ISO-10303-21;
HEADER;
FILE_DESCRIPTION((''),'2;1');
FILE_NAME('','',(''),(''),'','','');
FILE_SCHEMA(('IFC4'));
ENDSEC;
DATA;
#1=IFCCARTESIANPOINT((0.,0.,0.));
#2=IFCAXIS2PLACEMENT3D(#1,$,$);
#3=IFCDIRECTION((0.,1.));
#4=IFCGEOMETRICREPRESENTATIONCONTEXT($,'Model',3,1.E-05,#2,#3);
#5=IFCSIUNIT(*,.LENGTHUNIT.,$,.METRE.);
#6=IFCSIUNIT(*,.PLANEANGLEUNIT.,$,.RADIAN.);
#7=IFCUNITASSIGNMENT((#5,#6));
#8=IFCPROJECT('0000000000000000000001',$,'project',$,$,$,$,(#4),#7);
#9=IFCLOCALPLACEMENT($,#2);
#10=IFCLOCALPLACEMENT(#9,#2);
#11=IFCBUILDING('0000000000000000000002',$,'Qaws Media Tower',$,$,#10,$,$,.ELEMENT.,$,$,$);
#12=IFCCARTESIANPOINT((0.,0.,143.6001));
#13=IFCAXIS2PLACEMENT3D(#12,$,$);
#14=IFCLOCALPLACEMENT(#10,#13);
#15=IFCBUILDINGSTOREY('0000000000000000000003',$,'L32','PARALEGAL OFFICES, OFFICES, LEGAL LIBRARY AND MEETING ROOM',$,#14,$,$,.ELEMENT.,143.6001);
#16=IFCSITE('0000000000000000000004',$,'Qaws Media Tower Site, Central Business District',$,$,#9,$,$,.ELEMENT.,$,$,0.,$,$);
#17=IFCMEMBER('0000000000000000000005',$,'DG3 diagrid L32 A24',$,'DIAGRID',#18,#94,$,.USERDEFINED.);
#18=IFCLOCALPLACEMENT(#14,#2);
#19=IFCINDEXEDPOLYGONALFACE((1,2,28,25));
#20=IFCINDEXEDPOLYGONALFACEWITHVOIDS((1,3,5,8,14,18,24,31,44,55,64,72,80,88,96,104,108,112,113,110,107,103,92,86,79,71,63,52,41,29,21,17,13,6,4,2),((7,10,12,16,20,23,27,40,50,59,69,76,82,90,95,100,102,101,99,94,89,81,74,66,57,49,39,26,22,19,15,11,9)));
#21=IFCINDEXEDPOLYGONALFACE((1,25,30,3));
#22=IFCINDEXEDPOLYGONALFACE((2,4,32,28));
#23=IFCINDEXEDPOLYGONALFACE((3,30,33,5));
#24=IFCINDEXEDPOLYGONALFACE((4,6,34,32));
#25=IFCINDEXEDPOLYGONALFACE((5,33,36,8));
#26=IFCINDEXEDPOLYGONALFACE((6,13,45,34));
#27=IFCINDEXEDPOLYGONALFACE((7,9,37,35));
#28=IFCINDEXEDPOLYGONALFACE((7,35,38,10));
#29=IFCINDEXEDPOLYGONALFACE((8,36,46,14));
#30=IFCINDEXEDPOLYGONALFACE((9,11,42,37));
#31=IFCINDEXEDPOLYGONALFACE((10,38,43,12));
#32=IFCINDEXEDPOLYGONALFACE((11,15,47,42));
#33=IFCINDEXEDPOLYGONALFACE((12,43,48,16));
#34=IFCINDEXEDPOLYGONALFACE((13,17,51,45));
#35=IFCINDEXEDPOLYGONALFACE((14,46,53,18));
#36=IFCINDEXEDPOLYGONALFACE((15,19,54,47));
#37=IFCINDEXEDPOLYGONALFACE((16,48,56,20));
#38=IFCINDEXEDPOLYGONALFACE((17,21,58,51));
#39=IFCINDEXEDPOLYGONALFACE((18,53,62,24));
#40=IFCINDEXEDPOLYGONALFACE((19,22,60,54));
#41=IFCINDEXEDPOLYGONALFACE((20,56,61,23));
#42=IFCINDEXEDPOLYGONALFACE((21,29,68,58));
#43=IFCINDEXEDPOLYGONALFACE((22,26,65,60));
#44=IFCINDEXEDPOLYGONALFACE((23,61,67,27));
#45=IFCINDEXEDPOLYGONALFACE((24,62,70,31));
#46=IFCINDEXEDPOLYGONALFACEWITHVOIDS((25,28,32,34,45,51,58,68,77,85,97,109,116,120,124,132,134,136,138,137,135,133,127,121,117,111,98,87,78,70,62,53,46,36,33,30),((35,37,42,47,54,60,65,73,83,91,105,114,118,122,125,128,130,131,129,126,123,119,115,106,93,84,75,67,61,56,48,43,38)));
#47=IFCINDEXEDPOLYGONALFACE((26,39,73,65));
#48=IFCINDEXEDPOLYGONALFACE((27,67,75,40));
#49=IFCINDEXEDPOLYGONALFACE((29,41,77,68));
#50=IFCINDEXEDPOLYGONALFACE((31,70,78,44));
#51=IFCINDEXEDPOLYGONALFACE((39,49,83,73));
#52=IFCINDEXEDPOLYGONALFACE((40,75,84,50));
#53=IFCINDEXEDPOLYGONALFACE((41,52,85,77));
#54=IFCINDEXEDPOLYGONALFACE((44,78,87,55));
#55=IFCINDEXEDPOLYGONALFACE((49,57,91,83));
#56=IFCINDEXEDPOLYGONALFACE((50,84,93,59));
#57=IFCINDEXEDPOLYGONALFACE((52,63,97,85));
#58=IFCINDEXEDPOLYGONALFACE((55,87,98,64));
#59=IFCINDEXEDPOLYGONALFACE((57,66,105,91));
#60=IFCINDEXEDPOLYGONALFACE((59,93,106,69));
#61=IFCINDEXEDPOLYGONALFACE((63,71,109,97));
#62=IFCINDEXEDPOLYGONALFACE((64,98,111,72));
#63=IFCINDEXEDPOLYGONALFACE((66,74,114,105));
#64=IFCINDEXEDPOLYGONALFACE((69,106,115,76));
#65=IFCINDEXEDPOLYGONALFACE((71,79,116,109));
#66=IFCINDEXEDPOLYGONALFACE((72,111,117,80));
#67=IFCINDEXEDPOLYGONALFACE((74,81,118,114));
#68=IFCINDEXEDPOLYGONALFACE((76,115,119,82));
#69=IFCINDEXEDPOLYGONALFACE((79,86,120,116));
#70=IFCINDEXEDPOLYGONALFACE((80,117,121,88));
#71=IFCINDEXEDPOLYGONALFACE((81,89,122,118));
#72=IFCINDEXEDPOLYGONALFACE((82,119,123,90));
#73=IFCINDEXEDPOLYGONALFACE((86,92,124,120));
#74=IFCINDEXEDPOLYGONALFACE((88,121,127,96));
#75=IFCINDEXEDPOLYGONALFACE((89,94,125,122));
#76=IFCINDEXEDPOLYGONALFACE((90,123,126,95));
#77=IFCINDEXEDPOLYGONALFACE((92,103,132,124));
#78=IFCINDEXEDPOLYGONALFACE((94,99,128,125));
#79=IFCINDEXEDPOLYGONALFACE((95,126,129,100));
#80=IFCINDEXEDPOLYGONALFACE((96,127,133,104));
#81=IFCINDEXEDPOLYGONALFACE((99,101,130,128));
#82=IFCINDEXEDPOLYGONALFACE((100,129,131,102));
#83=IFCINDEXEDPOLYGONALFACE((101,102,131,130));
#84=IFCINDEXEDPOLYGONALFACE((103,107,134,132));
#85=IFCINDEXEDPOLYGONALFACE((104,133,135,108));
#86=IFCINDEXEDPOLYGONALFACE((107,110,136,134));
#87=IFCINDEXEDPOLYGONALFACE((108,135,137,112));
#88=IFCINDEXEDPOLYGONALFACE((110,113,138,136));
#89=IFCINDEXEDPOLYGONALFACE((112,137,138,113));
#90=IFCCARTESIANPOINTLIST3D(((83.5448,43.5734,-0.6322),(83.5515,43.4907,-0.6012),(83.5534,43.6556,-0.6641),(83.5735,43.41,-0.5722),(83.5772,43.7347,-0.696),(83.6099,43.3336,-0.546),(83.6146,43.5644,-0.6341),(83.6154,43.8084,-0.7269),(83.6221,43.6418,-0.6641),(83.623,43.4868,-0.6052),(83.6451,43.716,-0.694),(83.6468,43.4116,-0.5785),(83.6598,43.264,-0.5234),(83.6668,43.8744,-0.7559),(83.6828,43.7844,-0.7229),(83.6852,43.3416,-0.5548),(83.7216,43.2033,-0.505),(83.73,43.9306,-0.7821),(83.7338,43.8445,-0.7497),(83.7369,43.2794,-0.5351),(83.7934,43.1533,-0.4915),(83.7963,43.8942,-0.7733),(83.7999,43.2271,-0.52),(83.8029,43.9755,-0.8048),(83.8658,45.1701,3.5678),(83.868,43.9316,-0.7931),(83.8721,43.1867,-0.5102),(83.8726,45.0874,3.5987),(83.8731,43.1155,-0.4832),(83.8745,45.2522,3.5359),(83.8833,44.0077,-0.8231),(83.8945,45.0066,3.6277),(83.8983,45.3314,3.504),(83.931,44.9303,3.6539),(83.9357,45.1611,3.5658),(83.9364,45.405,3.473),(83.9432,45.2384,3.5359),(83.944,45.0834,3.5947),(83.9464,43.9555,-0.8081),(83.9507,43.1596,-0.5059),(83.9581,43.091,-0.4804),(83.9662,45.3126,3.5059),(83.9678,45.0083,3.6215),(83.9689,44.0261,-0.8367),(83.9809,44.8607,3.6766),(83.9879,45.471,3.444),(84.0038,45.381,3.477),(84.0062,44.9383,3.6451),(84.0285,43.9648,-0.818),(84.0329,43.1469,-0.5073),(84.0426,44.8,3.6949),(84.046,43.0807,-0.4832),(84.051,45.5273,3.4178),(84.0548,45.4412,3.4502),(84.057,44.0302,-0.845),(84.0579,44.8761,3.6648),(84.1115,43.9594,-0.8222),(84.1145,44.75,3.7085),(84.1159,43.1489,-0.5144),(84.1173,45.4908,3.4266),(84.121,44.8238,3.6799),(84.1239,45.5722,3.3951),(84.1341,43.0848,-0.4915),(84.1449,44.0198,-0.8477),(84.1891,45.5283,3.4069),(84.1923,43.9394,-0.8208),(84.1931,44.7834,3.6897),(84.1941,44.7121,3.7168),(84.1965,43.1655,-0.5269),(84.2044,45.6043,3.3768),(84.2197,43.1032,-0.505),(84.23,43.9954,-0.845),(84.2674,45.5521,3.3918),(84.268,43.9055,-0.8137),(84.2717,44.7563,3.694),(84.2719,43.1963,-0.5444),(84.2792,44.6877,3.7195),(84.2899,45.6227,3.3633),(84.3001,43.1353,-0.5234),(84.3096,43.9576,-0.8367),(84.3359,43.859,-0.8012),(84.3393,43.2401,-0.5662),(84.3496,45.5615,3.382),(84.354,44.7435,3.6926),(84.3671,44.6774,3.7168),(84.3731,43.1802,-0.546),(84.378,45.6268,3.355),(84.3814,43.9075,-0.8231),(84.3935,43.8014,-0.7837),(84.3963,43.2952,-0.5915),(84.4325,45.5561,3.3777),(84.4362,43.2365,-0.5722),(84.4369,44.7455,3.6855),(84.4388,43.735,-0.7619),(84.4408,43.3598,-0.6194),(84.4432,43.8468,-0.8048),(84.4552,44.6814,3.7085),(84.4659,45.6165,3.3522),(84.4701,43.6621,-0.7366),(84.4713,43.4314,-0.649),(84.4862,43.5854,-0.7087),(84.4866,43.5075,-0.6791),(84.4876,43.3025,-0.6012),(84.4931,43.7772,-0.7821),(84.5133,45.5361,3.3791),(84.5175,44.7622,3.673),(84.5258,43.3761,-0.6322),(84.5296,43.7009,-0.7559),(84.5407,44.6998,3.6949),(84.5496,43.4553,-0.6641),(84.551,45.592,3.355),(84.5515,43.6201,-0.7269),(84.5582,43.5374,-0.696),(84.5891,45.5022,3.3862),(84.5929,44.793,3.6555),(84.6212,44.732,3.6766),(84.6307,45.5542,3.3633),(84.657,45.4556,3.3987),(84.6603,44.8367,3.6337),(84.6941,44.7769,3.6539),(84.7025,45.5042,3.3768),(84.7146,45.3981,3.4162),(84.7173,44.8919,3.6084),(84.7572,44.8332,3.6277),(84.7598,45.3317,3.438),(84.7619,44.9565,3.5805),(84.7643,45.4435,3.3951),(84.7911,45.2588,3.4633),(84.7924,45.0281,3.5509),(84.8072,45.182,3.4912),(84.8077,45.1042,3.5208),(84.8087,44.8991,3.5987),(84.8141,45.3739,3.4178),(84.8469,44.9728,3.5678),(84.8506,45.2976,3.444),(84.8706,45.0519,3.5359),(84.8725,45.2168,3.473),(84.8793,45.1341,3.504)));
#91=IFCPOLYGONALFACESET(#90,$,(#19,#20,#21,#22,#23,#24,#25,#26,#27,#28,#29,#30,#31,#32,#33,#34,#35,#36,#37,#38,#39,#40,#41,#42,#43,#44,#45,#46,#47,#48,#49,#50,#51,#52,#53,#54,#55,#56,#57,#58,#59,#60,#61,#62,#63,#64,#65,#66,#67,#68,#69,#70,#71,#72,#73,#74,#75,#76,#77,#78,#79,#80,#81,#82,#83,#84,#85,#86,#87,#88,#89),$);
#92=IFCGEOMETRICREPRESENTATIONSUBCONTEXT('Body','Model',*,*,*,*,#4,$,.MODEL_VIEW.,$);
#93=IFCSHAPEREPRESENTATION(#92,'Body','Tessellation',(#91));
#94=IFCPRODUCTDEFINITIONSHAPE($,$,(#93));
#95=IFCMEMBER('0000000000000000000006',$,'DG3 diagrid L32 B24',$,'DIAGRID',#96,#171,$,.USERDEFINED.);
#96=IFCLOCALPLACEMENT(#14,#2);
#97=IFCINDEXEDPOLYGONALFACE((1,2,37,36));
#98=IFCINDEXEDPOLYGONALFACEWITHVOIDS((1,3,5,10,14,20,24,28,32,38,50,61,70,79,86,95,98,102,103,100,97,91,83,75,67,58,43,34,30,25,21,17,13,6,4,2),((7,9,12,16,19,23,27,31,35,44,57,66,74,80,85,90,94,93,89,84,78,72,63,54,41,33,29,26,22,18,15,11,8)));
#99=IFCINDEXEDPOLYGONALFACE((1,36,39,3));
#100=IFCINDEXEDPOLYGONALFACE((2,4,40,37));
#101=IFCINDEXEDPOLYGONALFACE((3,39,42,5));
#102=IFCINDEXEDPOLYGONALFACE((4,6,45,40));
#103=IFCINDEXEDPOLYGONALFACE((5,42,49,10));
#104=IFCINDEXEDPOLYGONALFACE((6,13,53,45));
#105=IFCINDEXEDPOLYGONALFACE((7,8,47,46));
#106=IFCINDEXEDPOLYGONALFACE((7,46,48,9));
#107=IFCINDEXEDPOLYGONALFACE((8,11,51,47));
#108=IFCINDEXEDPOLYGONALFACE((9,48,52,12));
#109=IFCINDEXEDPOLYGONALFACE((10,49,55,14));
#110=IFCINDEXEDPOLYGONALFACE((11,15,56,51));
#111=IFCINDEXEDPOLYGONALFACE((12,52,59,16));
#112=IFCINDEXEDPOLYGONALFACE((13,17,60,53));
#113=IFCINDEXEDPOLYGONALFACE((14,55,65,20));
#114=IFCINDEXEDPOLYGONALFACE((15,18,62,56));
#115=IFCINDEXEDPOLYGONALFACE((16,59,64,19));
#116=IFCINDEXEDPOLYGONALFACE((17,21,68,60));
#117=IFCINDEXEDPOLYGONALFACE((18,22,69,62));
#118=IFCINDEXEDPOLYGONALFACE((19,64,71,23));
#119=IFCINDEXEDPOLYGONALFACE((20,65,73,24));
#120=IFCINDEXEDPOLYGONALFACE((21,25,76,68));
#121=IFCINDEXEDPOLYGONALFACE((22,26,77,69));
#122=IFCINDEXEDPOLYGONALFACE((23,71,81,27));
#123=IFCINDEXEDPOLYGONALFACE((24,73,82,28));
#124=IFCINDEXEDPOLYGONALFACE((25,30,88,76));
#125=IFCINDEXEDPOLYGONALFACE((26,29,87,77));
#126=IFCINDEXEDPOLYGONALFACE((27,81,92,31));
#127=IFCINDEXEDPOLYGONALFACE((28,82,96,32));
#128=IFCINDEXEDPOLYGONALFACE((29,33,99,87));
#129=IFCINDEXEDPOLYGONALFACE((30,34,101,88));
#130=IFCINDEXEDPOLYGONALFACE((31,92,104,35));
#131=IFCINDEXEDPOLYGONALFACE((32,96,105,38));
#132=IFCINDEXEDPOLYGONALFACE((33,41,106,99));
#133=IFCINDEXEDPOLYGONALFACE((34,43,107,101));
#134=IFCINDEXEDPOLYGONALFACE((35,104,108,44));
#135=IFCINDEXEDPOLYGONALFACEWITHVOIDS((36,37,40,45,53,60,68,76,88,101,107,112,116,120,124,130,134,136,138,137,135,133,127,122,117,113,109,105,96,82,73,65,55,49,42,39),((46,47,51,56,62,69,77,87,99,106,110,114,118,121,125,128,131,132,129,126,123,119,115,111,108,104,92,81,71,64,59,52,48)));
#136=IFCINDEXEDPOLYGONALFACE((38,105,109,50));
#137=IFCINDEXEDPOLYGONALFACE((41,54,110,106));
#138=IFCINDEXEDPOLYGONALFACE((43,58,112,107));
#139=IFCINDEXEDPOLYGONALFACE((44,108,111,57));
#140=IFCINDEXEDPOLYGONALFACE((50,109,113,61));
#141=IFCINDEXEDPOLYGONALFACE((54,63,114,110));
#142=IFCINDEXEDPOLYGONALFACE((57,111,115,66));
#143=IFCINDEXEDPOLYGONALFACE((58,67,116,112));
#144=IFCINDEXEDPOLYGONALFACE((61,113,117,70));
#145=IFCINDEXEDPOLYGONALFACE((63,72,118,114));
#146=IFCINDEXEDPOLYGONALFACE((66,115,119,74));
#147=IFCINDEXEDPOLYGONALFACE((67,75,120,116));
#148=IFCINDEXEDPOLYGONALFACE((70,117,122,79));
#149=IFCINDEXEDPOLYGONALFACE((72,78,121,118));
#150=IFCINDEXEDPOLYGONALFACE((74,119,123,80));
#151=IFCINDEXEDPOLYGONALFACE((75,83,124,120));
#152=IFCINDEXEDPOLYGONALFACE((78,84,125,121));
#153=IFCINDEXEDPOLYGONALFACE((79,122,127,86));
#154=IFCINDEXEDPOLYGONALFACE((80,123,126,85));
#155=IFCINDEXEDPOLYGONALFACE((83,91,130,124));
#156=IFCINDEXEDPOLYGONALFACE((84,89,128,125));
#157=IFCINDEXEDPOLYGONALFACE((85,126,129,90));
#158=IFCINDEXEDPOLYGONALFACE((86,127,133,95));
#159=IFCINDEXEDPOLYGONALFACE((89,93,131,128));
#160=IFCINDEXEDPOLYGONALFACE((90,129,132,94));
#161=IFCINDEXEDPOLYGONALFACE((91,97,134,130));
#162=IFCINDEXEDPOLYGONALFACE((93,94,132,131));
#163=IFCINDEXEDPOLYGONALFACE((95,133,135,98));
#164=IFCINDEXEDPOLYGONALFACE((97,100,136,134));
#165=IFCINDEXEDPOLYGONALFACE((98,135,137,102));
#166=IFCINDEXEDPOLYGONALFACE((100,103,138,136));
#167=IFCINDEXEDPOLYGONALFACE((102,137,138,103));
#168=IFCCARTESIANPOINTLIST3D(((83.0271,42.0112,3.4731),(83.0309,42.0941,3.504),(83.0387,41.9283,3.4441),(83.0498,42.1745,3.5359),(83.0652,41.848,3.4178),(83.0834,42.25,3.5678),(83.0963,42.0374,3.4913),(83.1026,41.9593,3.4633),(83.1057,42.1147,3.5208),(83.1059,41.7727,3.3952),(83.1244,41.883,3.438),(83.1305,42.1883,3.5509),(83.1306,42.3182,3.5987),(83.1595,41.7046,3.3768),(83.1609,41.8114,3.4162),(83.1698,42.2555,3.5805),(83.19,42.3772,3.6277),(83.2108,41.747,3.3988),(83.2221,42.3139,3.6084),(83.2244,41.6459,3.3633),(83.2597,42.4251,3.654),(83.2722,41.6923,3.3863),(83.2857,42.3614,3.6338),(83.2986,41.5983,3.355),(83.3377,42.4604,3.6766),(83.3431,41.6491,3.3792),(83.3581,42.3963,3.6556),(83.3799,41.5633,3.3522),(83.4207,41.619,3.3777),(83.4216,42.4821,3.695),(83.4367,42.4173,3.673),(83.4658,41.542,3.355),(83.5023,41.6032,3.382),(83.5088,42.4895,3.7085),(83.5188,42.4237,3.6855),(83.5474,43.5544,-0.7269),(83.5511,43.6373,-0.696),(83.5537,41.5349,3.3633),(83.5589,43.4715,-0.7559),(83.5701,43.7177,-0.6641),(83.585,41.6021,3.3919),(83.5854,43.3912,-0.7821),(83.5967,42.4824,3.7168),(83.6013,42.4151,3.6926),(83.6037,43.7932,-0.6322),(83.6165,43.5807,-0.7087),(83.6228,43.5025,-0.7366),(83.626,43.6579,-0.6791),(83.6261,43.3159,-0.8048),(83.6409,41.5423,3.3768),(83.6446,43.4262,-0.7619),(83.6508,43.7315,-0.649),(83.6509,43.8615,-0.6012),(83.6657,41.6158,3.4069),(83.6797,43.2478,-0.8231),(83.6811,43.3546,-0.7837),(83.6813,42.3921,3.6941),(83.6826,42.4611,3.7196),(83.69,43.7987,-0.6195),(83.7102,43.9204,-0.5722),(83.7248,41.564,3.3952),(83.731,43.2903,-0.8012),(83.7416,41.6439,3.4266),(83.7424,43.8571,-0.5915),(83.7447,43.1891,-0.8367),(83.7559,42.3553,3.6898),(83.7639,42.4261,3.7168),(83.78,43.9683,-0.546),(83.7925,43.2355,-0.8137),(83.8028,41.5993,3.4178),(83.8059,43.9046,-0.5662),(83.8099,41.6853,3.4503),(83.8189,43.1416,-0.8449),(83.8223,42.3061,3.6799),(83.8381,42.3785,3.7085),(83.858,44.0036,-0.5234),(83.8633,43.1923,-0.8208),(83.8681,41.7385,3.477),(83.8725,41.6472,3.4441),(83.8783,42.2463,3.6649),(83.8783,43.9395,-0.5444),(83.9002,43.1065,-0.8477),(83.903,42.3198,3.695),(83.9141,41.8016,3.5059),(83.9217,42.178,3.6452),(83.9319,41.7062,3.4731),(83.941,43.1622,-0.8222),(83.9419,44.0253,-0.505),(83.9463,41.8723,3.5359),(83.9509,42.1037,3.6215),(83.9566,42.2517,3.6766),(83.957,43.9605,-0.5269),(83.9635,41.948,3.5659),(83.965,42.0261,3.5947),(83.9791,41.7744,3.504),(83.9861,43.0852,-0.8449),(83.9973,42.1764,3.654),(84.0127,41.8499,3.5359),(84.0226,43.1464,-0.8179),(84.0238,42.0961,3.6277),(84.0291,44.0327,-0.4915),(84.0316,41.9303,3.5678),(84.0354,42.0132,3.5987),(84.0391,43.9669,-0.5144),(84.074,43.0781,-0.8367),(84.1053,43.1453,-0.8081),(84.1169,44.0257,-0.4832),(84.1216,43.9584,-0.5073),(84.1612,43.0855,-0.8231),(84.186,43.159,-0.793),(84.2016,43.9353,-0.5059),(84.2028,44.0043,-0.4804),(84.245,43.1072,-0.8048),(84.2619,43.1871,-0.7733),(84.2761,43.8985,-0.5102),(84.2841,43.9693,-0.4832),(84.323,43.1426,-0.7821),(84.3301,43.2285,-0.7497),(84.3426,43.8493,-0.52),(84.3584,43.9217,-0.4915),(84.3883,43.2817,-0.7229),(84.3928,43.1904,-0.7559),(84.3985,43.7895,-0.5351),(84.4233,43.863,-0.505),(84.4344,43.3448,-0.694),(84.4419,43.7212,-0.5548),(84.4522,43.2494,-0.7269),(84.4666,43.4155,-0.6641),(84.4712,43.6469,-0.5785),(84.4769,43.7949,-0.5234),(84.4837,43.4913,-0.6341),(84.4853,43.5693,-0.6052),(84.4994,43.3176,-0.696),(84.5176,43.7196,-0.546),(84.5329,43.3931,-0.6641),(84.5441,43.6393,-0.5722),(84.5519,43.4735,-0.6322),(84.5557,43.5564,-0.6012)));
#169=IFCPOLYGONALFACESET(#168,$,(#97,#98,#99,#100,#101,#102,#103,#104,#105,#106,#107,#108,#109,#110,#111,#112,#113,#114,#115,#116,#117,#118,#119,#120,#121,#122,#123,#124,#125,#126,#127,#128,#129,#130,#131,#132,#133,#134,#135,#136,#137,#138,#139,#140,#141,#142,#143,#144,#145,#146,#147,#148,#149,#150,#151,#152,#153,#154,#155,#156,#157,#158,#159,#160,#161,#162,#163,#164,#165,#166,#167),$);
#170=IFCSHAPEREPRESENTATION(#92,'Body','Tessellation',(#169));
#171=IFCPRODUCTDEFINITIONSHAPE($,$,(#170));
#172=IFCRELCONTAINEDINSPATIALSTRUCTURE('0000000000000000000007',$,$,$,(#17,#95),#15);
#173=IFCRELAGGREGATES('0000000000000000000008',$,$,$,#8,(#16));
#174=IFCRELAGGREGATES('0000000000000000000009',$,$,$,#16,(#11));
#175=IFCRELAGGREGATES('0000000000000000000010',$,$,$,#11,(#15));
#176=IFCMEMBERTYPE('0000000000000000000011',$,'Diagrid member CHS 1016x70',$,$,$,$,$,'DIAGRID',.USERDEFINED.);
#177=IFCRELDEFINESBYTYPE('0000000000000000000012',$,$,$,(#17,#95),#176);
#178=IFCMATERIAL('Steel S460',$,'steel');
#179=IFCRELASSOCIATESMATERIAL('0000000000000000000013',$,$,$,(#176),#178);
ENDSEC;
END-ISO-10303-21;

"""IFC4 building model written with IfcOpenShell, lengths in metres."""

from ifc_helpers import new_model, si_unit, direction, frame, origin, origin_2d, place, context, subcontext, project, spatial, hollow_circle, extrude, material, material_profile, profile_set, type_object, element, save


model = new_model("IFC4")

# Units and contexts
model_context = context("Model", 3, precision=1e-05, world=origin(), true_north=direction((0.0, 1.0)))
body_context = subcontext(model_context, "Body", "Model", "MODEL_VIEW")
ifc_project = project(units=[si_unit("LENGTHUNIT", "METRE"), si_unit("PLANEANGLEUNIT", "RADIAN")], contexts=[model_context])

# Site, building, storey
site_placement = place(None, origin())
site = spatial("IfcSite", under=ifc_project, at=site_placement, Name="Qaws Media Tower Site, Central Business District", CompositionType="ELEMENT", RefElevation=0.0)
building_placement = place(site_placement, origin())
building = spatial("IfcBuilding", under=site, at=building_placement, Name="Qaws Media Tower", CompositionType="ELEMENT")
storey_placement = place(building_placement, frame((0.0, 0.0, 143.6001)))
storey = spatial("IfcBuildingStorey", under=building, at=storey_placement, Name="L32", Description="PARALEGAL OFFICES, OFFICES, LEGAL LIBRARY AND MEETING ROOM", CompositionType="ELEMENT", Elevation=143.6001)

# Members
ifc_material_1 = material(Name="Steel S460", Category="steel")
ifc_material_profile_1 = material_profile(ifc_material_1, hollow_circle(Radius=0.5081, WallThickness=0.0701, at=origin_2d()), Name="CHS 1016x70")
ifc_profile_set_1 = profile_set([ifc_material_profile_1], Name="Steel S460")
member_type_1 = type_object("IfcMemberType", Name="Diagrid member CHS 1016x70", ElementType="DIAGRID", PredefinedType="USERDEFINED", material=ifc_profile_set_1)
for number, where, z_axis, x_axis, name in (
    (1, (84.0515, 43.5554, -0.6641), (0.071269, 0.35445, 0.932355), (-0.980378, 0.197125, 0.0), "DG3 diagrid L32 A24"),
    (2, (84.0515, 43.5554, -0.6641), (-0.115495, -0.342583, 0.932361), (0.947598, -0.319464, 0.0), "DG3 diagrid L32 B24"),
):
    element("IfcMember", number, at=place(storey_placement, frame(where, z_axis=z_axis, x_axis=x_axis)), inside=storey, type_object=member_type_1, Name=name, ObjectType="DIAGRID", PredefinedType="USERDEFINED", context=body_context, shape_type="SweptSolid", body=[
        extrude(hollow_circle(Radius=0.5081, WallThickness=0.0701, at=origin_2d()), origin(), (0.0, 0.0, 1.0), 4.5046),
    ])

save(model, "model.ifc")
